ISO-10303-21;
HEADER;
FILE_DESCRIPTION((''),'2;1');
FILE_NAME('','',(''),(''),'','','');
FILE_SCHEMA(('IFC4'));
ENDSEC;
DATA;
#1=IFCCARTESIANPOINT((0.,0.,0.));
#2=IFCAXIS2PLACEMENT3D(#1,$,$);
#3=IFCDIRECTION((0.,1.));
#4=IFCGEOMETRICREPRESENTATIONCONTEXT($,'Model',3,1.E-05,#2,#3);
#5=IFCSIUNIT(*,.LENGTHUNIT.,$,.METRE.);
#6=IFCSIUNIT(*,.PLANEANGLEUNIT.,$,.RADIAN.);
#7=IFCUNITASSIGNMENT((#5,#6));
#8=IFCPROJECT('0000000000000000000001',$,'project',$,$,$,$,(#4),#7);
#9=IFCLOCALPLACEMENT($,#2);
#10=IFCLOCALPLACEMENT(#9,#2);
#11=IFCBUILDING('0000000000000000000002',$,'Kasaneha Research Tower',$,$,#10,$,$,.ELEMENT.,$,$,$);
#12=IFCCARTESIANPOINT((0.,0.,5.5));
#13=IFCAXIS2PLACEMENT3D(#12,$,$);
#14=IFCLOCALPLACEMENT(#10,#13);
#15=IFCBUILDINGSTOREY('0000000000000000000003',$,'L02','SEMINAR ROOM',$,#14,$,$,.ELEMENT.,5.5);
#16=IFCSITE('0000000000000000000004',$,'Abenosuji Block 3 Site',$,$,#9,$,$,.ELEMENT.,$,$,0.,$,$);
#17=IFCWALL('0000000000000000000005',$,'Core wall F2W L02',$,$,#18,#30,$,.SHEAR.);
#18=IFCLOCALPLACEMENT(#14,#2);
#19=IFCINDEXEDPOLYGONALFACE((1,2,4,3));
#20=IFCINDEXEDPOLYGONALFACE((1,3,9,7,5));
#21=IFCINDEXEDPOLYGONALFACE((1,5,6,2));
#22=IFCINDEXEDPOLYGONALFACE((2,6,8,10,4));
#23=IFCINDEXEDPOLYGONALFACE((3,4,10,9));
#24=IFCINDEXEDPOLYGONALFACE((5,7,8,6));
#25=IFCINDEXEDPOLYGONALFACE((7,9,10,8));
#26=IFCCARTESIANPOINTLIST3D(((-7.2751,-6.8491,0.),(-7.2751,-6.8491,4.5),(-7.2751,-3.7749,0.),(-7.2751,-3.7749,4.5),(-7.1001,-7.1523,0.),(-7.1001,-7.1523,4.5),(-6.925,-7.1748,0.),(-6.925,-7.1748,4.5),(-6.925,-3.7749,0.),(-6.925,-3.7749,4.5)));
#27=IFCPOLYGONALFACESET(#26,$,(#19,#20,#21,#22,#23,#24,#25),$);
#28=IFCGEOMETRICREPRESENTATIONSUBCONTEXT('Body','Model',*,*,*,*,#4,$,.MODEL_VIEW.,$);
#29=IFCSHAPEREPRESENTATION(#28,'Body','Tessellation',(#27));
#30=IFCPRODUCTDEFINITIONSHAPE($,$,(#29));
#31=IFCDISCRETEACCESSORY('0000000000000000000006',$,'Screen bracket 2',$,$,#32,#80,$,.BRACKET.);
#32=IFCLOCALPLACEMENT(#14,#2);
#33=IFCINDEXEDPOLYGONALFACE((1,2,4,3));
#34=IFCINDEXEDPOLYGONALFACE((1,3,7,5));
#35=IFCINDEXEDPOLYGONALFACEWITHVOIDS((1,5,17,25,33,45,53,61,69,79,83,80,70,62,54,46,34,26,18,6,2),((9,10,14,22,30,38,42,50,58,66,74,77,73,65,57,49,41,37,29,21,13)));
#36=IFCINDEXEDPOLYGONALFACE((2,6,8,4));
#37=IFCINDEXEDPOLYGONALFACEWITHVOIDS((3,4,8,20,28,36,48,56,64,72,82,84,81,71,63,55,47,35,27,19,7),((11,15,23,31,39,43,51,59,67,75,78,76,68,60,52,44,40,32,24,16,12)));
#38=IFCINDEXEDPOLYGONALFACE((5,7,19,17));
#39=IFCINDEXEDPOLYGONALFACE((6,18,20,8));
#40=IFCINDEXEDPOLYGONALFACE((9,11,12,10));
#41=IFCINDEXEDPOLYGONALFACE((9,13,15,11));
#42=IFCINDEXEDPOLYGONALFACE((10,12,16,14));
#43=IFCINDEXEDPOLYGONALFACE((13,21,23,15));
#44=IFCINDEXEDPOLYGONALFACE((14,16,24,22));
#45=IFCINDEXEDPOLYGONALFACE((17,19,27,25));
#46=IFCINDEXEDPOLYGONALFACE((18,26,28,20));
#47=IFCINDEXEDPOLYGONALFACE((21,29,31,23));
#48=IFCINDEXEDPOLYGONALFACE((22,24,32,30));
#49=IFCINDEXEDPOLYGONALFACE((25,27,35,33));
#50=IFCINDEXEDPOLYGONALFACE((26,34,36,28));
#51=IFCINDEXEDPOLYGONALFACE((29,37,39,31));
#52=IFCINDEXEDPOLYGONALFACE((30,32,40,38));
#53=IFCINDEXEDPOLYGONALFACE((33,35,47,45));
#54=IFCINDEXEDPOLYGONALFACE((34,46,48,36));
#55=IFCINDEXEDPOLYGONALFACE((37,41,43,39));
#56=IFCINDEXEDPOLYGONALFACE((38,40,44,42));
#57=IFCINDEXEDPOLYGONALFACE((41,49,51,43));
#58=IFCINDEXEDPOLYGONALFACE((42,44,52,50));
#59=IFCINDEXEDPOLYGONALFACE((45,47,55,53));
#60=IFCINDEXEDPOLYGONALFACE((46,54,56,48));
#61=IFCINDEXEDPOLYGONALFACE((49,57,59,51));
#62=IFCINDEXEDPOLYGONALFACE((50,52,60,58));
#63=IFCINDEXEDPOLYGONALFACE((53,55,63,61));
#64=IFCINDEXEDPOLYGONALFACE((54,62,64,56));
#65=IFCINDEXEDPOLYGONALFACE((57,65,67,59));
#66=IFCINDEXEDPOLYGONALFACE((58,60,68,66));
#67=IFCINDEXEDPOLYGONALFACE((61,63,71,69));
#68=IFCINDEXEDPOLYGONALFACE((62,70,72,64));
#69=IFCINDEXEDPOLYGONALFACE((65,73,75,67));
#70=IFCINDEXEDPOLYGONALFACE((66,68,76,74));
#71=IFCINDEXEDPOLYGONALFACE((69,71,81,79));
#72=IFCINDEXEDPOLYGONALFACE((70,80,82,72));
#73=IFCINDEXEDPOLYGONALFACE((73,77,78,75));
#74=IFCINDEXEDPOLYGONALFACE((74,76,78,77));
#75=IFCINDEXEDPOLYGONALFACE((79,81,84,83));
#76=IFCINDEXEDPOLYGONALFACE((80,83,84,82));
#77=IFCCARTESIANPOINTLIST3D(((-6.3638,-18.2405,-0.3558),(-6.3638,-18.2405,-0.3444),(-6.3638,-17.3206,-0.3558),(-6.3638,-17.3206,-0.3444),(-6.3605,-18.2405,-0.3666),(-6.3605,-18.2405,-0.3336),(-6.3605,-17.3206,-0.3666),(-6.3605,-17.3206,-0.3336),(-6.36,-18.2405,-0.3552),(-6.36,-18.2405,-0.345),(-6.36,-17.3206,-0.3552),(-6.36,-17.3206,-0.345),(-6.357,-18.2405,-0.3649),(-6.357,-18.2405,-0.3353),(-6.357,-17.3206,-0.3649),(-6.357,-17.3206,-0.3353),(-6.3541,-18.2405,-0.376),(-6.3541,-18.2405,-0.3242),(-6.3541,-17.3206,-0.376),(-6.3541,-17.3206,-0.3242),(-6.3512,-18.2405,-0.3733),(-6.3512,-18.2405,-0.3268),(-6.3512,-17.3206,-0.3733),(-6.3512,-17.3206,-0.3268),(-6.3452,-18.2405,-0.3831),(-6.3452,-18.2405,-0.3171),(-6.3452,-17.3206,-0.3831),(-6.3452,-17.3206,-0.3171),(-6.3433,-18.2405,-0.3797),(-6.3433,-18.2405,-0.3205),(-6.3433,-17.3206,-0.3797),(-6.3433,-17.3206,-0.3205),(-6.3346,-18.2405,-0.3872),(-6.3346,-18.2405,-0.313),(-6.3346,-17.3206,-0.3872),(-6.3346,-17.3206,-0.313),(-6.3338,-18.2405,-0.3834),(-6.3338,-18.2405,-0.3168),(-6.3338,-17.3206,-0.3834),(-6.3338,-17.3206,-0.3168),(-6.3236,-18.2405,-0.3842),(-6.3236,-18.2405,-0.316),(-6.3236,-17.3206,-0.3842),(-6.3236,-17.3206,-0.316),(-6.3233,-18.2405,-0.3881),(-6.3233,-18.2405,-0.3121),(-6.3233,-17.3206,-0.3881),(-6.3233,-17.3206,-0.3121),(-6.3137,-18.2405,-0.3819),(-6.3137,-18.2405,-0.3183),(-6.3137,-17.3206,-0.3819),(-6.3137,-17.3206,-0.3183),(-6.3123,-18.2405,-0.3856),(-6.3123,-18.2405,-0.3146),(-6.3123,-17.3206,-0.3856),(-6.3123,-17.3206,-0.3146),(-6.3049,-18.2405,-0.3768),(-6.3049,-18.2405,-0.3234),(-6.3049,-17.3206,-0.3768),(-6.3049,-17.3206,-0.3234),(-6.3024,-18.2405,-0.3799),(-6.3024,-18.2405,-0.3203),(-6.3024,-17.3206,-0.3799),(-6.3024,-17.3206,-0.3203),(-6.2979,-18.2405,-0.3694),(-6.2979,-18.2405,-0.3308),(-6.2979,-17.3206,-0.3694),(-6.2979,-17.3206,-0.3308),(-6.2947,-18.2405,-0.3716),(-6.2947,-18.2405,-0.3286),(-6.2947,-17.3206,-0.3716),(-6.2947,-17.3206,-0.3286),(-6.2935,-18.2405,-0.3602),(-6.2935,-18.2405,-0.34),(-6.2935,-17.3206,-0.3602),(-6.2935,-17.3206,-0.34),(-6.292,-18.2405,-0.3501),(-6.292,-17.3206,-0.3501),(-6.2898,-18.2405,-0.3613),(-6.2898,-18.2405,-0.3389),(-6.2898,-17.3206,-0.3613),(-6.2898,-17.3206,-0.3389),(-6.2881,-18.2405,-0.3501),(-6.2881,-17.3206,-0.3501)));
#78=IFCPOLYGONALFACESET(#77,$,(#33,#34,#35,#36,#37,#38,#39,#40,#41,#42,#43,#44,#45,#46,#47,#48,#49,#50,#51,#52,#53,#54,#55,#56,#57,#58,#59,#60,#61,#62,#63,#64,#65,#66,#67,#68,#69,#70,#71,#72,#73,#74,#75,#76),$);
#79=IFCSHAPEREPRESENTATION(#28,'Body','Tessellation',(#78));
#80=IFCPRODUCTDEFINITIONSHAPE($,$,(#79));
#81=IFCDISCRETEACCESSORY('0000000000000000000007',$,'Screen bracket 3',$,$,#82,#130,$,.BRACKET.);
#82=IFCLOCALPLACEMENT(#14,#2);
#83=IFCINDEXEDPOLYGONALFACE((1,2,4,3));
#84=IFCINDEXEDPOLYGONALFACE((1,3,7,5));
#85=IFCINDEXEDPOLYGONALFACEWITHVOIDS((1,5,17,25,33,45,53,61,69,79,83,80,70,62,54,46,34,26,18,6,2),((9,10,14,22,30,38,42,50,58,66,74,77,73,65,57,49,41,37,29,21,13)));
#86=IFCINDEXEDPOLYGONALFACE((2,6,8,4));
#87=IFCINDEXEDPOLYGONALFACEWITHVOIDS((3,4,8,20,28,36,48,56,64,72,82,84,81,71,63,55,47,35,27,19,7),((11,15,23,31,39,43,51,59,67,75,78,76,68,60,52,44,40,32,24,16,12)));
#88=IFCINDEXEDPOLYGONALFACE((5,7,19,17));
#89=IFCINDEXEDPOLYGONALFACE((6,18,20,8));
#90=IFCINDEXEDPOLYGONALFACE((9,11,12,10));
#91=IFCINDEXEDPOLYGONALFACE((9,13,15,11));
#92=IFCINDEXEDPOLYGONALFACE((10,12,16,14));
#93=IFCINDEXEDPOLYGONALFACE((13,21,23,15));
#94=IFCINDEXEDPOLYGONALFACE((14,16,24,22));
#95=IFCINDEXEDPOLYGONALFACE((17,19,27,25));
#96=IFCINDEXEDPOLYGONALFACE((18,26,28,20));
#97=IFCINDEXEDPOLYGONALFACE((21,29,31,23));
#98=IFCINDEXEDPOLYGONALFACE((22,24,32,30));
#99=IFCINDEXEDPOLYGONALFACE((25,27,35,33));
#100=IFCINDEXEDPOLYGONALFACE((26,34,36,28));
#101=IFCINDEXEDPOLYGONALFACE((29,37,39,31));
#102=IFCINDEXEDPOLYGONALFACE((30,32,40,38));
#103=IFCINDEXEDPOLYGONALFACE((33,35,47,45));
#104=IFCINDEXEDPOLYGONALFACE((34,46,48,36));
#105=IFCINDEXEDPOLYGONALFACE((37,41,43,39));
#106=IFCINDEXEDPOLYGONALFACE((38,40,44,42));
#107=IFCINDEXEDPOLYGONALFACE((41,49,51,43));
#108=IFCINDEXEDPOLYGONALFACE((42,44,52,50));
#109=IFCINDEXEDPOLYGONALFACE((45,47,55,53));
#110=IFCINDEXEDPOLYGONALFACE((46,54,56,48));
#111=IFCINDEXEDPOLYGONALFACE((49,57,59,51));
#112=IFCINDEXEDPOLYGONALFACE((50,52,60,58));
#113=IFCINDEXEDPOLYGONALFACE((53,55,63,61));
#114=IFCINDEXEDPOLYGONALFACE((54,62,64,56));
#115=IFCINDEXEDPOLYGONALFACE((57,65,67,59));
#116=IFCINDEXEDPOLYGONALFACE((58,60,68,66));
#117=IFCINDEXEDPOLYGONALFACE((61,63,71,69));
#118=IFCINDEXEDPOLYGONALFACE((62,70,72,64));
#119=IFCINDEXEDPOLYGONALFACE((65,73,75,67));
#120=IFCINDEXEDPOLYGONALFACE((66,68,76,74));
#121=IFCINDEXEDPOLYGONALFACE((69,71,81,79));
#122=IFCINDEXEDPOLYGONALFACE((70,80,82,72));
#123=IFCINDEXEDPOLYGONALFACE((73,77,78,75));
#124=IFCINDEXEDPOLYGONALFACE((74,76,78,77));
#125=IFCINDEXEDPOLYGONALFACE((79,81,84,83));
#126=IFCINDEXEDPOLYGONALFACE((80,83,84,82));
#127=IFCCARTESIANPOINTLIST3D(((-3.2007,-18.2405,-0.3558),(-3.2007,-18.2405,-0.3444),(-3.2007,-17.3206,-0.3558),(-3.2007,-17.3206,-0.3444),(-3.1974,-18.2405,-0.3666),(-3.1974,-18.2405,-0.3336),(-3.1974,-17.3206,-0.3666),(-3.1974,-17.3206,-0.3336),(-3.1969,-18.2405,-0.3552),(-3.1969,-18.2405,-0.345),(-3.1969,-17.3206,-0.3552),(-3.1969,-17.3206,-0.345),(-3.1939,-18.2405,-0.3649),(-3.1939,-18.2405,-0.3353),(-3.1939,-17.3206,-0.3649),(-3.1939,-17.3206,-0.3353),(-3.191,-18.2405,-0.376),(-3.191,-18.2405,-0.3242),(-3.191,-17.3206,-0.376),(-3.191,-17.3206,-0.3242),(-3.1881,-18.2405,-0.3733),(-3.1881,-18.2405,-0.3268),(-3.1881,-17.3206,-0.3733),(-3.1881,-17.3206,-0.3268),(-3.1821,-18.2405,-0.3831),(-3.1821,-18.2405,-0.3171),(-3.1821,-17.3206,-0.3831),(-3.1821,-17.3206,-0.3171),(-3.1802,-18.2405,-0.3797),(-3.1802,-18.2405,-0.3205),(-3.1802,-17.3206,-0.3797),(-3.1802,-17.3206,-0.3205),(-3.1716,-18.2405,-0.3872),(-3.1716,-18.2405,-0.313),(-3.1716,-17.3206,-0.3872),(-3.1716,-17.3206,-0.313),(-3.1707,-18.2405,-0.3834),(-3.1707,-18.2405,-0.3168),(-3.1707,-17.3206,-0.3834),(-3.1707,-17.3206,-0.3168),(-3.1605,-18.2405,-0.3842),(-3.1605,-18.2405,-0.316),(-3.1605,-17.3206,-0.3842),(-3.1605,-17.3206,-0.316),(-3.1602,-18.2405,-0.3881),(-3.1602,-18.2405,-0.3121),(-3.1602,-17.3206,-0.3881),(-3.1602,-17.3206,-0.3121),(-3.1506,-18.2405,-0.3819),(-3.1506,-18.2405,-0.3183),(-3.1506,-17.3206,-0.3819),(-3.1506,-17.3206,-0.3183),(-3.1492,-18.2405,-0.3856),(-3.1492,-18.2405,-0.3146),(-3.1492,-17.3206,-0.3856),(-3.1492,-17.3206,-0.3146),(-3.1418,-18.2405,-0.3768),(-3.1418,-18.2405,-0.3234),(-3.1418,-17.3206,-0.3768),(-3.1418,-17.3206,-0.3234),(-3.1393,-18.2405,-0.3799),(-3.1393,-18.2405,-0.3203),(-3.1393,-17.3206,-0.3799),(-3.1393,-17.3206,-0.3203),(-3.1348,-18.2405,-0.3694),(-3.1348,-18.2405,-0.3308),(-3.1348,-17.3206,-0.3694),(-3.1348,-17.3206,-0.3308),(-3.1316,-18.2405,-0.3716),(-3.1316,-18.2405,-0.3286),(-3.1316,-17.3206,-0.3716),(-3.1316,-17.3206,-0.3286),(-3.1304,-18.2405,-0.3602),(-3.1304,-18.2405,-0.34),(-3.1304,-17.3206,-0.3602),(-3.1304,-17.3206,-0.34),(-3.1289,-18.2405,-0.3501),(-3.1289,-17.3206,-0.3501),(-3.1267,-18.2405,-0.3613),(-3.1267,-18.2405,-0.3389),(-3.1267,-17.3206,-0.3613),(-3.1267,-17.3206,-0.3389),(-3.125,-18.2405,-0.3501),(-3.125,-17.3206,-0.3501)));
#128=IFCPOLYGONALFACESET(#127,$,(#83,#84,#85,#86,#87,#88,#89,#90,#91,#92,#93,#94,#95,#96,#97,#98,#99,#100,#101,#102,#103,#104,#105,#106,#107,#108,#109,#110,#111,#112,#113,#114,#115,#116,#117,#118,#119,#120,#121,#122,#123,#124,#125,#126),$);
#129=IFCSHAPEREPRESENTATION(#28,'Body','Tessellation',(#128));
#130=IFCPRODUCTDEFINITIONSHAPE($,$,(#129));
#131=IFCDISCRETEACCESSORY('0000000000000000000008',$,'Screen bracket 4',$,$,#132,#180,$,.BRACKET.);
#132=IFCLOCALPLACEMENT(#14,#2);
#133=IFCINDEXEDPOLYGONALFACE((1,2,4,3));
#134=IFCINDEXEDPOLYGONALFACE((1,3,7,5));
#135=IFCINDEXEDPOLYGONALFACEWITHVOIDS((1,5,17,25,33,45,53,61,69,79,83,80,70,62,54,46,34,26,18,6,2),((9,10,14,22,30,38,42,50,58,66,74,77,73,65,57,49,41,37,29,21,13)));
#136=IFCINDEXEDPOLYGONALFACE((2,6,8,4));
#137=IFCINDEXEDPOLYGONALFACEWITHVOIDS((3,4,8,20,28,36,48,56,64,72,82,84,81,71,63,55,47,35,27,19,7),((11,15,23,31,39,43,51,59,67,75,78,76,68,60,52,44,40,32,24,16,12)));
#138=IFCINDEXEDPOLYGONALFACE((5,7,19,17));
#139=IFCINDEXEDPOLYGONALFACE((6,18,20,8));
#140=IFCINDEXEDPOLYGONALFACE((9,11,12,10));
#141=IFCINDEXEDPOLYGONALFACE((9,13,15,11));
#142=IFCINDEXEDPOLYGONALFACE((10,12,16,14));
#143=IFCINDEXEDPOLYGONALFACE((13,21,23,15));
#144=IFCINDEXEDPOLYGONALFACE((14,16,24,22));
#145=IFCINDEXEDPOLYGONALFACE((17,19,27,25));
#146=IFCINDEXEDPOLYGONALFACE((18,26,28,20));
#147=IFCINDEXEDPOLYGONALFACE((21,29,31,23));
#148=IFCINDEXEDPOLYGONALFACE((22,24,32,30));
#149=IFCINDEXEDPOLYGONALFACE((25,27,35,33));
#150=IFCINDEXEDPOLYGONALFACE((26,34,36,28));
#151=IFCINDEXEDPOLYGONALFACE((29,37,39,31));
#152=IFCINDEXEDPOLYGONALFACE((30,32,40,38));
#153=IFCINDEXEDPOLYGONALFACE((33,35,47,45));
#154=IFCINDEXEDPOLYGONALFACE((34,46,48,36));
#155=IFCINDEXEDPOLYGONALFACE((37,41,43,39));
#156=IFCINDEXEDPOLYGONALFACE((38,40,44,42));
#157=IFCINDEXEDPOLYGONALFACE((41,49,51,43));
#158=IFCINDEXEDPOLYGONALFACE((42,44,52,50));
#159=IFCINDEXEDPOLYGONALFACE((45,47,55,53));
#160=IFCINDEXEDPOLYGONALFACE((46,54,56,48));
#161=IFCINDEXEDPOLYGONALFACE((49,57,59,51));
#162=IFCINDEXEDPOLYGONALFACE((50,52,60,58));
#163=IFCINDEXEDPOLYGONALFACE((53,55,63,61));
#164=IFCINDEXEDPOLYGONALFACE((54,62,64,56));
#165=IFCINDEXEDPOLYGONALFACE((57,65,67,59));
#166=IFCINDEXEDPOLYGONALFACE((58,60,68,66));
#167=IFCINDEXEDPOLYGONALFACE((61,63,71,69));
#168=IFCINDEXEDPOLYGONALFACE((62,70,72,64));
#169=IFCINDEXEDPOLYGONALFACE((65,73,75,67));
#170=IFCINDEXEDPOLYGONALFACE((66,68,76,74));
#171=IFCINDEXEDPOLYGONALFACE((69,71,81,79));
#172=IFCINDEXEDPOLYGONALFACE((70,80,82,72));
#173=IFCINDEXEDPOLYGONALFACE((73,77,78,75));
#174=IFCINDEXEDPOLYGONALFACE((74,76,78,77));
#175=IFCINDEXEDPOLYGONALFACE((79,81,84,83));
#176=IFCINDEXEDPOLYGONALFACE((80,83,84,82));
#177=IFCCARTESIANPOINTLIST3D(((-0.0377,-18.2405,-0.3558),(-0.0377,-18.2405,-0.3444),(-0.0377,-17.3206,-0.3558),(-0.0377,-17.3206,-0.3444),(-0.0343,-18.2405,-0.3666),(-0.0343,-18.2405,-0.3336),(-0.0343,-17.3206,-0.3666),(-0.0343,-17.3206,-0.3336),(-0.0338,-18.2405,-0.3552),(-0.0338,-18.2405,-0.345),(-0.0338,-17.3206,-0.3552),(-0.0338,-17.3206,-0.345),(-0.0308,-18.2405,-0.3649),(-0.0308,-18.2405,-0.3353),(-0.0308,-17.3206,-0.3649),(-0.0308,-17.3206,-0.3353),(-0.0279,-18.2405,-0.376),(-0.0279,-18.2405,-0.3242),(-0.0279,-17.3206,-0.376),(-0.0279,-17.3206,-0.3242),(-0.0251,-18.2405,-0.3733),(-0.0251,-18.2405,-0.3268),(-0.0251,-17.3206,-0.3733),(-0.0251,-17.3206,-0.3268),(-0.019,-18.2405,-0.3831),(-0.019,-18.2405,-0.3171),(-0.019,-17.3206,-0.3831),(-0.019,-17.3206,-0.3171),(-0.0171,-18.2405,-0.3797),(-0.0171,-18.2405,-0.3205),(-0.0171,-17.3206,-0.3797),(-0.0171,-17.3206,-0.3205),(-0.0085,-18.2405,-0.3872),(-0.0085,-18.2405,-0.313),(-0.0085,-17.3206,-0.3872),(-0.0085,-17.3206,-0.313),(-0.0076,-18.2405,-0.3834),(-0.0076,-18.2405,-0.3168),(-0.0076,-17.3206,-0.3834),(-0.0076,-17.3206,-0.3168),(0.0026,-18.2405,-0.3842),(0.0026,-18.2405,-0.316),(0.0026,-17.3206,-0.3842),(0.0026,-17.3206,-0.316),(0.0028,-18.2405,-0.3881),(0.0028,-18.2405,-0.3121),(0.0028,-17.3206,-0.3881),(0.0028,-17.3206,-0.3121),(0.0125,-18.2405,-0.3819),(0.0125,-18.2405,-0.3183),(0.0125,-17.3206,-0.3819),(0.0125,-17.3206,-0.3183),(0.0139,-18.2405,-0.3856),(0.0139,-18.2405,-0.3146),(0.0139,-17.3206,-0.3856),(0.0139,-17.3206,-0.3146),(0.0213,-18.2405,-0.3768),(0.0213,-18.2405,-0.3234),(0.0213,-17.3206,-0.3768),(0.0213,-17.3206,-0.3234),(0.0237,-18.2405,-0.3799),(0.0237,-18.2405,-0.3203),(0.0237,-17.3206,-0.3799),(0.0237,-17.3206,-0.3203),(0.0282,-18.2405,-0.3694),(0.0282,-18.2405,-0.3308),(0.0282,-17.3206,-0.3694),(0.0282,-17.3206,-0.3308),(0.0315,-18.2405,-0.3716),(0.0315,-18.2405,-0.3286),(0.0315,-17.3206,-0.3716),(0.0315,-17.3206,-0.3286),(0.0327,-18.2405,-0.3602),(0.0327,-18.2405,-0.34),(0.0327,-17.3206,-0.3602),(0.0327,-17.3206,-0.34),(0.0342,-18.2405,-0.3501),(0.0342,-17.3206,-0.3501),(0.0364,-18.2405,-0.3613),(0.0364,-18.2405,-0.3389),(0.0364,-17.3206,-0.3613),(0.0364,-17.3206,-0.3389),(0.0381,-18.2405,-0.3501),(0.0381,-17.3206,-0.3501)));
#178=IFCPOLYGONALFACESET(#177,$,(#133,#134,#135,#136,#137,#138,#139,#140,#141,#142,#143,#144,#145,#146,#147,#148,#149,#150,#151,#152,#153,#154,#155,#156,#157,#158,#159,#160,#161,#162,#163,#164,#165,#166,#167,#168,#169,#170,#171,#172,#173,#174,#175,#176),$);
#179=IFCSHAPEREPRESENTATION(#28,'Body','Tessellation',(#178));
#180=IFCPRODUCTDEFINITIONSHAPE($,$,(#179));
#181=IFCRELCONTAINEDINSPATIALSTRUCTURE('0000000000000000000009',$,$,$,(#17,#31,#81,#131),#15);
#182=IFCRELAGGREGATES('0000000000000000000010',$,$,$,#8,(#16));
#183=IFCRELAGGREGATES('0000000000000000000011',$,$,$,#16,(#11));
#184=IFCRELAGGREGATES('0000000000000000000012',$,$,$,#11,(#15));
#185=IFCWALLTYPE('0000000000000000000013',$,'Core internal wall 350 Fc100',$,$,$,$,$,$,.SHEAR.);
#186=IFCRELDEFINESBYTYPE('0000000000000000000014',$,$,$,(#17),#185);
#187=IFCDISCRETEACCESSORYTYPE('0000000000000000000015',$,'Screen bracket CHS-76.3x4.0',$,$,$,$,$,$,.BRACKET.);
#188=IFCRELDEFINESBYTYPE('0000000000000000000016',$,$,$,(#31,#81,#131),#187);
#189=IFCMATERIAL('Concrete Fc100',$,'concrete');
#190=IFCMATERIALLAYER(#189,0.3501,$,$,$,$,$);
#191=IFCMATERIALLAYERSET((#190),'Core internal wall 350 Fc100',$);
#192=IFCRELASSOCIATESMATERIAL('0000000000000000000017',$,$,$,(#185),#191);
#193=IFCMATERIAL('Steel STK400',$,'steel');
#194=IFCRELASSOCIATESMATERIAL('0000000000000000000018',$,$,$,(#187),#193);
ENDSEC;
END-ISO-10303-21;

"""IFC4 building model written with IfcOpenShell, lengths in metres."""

from ifc_helpers import new_model, si_unit, direction, frame, origin, origin_2d, place, context, subcontext, project, spatial, polyline, hollow_circle, outline, extrude, material, layer, layer_set, material_profile, profile_set, type_object, element, save


model = new_model("IFC4")

# Units and contexts
model_context = context("Model", 3, precision=1e-05, world=origin(), true_north=direction((0.0, 1.0)))
body_context = subcontext(model_context, "Body", "Model", "MODEL_VIEW")
ifc_project = project(units=[si_unit("LENGTHUNIT", "METRE"), si_unit("PLANEANGLEUNIT", "RADIAN")], contexts=[model_context])

# Site, building, storey
site_placement = place(None, origin())
site = spatial("IfcSite", under=ifc_project, at=site_placement, Name="Abenosuji Block 3 Site", CompositionType="ELEMENT", RefElevation=0.0)
building_placement = place(site_placement, origin())
building = spatial("IfcBuilding", under=site, at=building_placement, Name="Kasaneha Research Tower", CompositionType="ELEMENT")
storey_placement = place(building_placement, frame((0.0, 0.0, 5.5)))
storey = spatial("IfcBuildingStorey", under=building, at=storey_placement, Name="L02", Description="SEMINAR ROOM", CompositionType="ELEMENT", Elevation=5.5)

# Shared definitions
ifc_material_1 = material(Name="Concrete Fc100", Category="concrete")
ifc_layer_1 = layer(ifc_material_1, 0.3501)
ifc_layer_set_1 = layer_set([ifc_layer_1], Name="Core internal wall 350 Fc100")
wall_type_1 = type_object("IfcWallType", Name="Core internal wall 350 Fc100", PredefinedType="SHEAR", material=ifc_layer_set_1)

# Wall
wall_1_placement = place(storey_placement, frame((-7.1001, -3.7749, 0.0), z_axis=(0.0, 0.0, 1.0), x_axis=(0.0, -1.0, 0.0)))
element("IfcWall", 1, at=wall_1_placement, inside=storey, type_object=wall_type_1, Name="Core wall F2W L02", PredefinedType="SHEAR", context=body_context, shape_type="SweptSolid", body=[
    extrude(outline(polyline([(0.0, -0.175), (3.0742, -0.175), (3.3774, 0.0), (3.3999, 0.175), (0.0, 0.175), (0.0, -0.175)])), origin(), (0.0, 0.0, 1.0), 4.5),
])

# Discrete accessories
ifc_material_2 = material(Name="Steel STK400", Category="steel")
ifc_material_profile_1 = material_profile(ifc_material_2, hollow_circle(Radius=0.0381, WallThickness=0.0039, at=origin_2d()), Name="CHS-76.3x4.0")
ifc_profile_set_1 = profile_set([ifc_material_profile_1], Name="Steel STK400")
discrete_accessory_type = type_object("IfcDiscreteAccessoryType", Name="Screen bracket CHS-76.3x4.0", PredefinedType="BRACKET", material=ifc_profile_set_1)
for number, where, z_axis, x_axis, name in (
    (2, (-6.3262, -17.3206, -0.3501), (0.0, -1.0, 0.0), (1.0, 0.0, 0.0), "Screen bracket 2"),
    (3, (-3.1631, -17.3206, -0.3501), (0.0, -1.0, 0.0), (1.0, 0.0, 0.0), "Screen bracket 3"),
    (4, (0.0, -17.3206, -0.3501), (0.0, -1.0, 0.0), (1.0, 0.0, 0.0), "Screen bracket 4"),
):
    element("IfcDiscreteAccessory", number, at=place(storey_placement, frame(where, z_axis=z_axis, x_axis=x_axis)), inside=storey, type_object=discrete_accessory_type, Name=name, PredefinedType="BRACKET", context=body_context, shape_type="SweptSolid", body=[
        extrude(hollow_circle(Radius=0.0381, WallThickness=0.0039, at=origin_2d()), origin(), (0.0, 0.0, 1.0), 0.9199),
    ])

save(model, "model.ifc")
